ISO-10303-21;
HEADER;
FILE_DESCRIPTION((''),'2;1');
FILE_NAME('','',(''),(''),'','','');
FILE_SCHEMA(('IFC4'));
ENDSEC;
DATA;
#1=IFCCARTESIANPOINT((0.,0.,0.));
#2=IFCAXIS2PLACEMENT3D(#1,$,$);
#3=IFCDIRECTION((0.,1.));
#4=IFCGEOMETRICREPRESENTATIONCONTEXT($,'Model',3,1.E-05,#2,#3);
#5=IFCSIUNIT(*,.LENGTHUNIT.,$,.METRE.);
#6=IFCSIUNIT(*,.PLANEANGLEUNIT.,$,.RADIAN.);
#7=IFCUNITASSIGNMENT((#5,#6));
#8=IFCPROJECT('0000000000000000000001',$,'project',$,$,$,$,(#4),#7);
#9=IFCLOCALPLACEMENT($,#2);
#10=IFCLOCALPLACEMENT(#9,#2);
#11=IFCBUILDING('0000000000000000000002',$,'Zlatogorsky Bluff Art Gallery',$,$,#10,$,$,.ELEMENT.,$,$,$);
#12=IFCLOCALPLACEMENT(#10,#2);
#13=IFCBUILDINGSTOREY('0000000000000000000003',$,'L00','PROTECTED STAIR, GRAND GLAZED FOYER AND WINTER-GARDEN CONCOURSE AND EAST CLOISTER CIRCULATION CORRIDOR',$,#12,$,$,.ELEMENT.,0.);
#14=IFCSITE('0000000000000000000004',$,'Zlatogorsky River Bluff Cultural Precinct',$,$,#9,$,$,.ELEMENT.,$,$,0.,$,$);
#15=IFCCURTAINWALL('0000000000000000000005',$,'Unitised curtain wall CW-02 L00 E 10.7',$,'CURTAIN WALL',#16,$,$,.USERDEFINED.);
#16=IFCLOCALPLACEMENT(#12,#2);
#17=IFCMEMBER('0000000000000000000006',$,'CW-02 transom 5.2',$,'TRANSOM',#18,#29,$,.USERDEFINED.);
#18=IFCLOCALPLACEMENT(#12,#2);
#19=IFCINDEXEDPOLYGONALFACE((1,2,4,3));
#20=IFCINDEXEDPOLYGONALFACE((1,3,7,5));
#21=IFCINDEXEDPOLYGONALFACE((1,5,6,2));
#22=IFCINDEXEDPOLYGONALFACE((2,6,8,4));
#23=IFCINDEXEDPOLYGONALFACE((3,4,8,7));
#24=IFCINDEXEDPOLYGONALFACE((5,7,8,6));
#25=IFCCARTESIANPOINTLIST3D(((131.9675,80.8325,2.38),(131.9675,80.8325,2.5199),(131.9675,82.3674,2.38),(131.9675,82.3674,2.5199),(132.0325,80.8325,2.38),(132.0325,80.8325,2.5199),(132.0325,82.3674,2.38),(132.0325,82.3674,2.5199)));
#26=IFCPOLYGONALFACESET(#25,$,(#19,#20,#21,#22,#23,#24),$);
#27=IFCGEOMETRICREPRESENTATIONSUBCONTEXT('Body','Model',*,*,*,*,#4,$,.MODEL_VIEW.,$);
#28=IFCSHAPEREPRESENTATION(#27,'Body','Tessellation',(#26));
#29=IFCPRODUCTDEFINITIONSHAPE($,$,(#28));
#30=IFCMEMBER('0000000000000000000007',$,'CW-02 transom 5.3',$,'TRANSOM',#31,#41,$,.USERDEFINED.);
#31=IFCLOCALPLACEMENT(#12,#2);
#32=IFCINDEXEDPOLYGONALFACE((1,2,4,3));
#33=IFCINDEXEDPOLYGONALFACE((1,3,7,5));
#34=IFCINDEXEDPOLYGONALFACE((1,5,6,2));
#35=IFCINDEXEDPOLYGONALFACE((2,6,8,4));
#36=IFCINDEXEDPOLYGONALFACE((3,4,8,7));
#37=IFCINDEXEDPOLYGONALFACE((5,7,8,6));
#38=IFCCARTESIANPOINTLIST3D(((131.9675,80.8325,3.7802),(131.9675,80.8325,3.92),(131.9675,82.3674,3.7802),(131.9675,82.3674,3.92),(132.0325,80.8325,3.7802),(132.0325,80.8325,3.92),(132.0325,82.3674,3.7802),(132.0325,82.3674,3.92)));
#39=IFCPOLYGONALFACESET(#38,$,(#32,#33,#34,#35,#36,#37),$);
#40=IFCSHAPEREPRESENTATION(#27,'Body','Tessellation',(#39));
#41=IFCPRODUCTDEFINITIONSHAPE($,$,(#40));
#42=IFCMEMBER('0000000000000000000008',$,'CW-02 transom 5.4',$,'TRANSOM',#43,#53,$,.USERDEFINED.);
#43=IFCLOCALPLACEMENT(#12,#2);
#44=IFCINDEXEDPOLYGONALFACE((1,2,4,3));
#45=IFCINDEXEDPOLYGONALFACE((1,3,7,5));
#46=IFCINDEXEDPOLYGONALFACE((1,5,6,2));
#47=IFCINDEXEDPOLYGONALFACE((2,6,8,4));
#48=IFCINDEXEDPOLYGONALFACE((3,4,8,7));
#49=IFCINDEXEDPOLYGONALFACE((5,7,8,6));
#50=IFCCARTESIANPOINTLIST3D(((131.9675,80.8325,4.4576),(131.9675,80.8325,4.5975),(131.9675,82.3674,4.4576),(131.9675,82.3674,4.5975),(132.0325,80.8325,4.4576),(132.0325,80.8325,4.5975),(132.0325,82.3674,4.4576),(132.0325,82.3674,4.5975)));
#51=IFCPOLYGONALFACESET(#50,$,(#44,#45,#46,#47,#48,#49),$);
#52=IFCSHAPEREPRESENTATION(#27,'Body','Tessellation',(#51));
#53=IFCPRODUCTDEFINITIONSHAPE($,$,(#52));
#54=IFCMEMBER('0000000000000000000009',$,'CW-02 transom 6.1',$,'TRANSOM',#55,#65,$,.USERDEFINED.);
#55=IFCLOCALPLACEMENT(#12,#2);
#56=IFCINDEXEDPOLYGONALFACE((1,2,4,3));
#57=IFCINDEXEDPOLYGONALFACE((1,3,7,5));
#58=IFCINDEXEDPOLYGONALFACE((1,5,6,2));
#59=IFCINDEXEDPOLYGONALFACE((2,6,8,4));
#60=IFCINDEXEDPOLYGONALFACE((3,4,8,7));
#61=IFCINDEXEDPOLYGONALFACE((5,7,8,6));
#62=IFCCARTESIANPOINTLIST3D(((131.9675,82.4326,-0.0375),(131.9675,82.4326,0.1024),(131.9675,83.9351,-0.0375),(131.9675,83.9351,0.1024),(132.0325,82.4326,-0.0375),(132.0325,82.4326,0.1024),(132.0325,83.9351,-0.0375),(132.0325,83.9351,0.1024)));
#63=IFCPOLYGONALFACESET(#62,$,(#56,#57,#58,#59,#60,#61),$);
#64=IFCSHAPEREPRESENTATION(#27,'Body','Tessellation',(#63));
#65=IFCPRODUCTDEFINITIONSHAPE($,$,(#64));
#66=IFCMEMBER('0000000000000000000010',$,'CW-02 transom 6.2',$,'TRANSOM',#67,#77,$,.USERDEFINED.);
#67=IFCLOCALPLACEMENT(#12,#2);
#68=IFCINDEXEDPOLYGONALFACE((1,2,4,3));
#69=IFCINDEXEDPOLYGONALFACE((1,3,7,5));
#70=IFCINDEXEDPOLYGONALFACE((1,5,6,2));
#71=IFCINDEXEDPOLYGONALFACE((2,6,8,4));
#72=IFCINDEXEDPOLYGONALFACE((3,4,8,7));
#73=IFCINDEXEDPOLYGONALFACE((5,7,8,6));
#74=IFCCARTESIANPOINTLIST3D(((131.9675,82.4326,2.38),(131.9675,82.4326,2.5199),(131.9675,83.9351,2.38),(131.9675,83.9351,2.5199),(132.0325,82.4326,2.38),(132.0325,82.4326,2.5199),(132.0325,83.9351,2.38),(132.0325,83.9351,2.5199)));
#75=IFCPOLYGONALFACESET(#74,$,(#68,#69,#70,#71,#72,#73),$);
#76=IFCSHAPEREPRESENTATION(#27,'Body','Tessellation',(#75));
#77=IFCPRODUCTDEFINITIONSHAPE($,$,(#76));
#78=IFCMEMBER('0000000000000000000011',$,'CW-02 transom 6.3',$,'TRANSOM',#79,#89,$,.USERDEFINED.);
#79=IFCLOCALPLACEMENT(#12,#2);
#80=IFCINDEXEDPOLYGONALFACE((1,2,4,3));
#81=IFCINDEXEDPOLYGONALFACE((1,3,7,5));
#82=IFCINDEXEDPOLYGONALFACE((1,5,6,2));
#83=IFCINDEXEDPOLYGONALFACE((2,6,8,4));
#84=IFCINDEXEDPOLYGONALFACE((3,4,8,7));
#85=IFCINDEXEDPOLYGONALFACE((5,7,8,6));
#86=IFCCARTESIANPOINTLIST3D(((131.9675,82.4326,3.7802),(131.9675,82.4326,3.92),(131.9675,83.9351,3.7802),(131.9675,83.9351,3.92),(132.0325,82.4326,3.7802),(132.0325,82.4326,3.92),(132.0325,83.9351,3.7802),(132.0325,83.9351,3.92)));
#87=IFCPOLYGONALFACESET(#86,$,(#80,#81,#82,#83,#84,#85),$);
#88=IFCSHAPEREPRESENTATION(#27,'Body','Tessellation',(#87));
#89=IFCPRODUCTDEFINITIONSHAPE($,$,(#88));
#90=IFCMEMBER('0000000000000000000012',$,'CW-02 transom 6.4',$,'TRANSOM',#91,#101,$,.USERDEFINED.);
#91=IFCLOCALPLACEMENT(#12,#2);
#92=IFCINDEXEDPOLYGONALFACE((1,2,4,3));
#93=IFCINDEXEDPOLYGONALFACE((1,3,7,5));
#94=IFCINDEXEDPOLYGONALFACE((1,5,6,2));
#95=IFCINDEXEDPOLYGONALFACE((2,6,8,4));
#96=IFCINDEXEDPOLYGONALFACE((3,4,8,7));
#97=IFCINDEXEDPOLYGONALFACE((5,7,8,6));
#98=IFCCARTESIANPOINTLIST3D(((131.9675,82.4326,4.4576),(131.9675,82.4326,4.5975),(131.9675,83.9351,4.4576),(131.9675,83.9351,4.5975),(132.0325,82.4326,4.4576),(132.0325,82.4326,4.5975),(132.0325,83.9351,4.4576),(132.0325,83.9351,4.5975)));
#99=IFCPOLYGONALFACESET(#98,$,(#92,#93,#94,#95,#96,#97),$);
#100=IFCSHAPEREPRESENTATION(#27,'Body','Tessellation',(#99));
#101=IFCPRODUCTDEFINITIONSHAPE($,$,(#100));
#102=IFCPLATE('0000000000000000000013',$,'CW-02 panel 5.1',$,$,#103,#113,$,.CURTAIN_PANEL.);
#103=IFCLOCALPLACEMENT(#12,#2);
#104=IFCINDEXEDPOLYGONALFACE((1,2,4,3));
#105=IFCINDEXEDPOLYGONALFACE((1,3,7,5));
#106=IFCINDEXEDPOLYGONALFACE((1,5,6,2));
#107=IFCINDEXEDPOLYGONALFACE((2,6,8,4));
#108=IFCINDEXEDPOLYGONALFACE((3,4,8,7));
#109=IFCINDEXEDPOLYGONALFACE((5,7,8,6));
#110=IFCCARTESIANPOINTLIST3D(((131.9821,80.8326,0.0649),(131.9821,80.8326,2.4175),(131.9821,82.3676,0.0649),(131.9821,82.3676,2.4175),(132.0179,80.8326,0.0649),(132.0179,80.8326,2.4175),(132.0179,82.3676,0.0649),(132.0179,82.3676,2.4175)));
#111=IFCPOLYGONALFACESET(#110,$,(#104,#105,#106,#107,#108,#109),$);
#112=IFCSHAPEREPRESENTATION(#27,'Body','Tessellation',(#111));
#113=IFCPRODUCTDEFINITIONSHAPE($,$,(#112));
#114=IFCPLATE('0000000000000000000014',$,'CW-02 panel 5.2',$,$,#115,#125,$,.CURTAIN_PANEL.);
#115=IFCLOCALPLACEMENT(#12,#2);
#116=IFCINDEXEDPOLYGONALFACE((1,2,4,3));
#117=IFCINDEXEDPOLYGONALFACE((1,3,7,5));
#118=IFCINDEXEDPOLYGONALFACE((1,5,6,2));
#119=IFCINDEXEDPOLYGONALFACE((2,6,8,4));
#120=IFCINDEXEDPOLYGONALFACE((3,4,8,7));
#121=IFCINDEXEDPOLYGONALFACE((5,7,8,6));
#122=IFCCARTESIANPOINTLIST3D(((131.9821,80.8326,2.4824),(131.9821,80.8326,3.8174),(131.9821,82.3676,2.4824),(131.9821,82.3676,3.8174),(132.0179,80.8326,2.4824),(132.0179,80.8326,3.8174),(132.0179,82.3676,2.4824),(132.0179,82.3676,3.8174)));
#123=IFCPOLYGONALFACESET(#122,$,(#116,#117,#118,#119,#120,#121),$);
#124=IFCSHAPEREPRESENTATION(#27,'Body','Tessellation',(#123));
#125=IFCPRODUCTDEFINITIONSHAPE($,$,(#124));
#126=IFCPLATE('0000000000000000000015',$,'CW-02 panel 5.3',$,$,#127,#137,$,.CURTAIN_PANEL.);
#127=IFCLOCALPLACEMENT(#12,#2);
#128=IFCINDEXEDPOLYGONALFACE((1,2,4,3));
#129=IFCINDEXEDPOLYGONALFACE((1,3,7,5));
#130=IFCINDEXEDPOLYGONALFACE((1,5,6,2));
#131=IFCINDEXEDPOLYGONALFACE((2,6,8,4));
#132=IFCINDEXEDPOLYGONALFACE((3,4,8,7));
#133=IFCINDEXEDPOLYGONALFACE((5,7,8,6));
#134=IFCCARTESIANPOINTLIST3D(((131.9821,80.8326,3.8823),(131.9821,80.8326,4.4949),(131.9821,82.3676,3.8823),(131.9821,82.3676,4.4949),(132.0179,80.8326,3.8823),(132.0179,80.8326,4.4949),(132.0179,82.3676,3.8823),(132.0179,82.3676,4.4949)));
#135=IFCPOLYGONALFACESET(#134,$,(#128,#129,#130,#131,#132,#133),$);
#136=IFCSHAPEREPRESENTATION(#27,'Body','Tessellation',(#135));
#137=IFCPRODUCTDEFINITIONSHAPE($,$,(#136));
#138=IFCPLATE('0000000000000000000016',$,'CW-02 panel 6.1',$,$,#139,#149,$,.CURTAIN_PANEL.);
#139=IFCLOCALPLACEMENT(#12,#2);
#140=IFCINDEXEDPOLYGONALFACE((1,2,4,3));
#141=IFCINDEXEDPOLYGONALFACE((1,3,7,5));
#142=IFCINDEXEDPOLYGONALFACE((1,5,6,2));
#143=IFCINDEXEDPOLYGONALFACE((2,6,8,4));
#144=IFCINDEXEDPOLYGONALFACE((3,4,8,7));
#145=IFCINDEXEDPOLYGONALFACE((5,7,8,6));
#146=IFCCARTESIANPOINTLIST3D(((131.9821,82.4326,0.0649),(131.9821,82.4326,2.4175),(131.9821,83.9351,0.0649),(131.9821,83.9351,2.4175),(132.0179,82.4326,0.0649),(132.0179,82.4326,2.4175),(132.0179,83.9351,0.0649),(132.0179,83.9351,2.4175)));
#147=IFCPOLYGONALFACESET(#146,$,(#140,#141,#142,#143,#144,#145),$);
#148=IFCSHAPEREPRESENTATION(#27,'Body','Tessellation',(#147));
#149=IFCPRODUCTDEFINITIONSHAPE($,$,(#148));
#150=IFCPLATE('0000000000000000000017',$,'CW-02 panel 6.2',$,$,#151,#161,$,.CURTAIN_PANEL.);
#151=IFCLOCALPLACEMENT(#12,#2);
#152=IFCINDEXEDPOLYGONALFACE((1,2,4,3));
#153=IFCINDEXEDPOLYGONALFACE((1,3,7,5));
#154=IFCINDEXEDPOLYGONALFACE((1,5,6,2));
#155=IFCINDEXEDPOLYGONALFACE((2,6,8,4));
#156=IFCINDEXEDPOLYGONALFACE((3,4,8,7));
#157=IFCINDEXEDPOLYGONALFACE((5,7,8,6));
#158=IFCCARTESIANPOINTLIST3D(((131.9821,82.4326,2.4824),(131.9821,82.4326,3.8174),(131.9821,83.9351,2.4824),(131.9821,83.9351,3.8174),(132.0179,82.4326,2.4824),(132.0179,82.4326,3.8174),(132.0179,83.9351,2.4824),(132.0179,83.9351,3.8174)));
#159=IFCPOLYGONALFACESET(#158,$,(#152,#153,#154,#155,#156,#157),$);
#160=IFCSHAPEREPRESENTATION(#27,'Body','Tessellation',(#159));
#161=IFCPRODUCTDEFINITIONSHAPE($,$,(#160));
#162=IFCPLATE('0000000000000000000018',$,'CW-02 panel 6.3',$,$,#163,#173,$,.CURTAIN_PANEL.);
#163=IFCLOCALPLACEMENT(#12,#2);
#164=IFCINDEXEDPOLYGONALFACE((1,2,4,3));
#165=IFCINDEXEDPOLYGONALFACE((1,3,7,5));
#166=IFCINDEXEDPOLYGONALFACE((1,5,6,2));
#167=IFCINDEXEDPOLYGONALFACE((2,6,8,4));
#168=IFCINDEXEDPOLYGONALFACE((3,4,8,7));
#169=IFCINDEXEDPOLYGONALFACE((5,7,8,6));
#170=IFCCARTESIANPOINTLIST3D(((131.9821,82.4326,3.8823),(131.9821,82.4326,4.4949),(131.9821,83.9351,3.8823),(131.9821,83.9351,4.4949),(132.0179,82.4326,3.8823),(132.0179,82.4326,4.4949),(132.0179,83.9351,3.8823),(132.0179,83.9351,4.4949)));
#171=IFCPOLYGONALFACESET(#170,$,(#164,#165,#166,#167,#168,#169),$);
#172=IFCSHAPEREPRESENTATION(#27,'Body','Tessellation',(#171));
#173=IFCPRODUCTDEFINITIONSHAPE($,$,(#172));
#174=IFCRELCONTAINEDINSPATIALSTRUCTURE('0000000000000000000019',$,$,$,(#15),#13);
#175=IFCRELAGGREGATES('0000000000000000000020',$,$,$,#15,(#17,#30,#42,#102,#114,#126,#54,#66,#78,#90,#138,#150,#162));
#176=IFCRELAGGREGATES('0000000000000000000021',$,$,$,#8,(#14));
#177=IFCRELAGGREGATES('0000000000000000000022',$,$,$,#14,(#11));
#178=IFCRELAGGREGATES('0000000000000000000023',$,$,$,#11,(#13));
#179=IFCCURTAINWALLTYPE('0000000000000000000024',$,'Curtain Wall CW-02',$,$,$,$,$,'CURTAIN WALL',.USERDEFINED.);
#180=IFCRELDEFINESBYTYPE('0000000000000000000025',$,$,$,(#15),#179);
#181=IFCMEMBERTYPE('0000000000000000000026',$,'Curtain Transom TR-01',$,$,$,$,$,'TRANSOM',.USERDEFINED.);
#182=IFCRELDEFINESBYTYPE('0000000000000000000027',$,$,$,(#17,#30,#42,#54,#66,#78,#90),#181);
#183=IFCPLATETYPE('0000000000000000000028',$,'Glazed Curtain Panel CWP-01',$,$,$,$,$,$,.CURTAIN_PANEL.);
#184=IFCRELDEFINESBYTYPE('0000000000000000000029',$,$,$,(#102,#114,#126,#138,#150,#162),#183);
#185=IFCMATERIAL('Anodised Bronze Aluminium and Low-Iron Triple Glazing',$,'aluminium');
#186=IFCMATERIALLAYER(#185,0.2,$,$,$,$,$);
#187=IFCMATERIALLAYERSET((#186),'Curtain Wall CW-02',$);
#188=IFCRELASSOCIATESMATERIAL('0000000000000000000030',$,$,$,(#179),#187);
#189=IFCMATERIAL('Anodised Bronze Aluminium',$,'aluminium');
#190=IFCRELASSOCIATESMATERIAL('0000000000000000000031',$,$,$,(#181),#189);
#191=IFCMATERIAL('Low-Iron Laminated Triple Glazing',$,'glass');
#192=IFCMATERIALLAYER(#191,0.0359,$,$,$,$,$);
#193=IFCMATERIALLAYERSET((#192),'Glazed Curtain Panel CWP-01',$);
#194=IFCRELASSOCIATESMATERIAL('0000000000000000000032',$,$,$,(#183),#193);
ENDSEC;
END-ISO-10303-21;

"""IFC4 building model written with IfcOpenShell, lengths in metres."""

from ifc_helpers import new_model, si_unit, direction, frame, origin, origin_2d, place, context, subcontext, project, spatial, rectangle, extrude, material, layer, layer_set, material_profile, profile_set, type_object, element, aggregate, save


model = new_model("IFC4")

# Units and contexts
model_context = context("Model", 3, precision=1e-05, world=origin(), true_north=direction((0.0, 1.0)))
body_context = subcontext(model_context, "Body", "Model", "MODEL_VIEW")
ifc_project = project(units=[si_unit("LENGTHUNIT", "METRE"), si_unit("PLANEANGLEUNIT", "RADIAN")], contexts=[model_context])

# Site, building, storey
site_placement = place(None, origin())
site = spatial("IfcSite", under=ifc_project, at=site_placement, Name="Zlatogorsky River Bluff Cultural Precinct", CompositionType="ELEMENT", RefElevation=0.0)
building_placement = place(site_placement, origin())
building = spatial("IfcBuilding", under=site, at=building_placement, Name="Zlatogorsky Bluff Art Gallery", CompositionType="ELEMENT")
storey_placement = place(building_placement, origin())
storey = spatial("IfcBuildingStorey", under=building, at=storey_placement, Name="L00", Description="PROTECTED STAIR, GRAND GLAZED FOYER AND WINTER-GARDEN CONCOURSE AND EAST CLOISTER CIRCULATION CORRIDOR", CompositionType="ELEMENT", Elevation=0.0)

# Curtain wall, members, plates
ifc_material_1 = material(Name="Anodised Bronze Aluminium and Low-Iron Triple Glazing", Category="aluminium")
ifc_layer_1 = layer(ifc_material_1, 0.2)
ifc_layer_set_1 = layer_set([ifc_layer_1], Name="Curtain Wall CW-02")
curtain_wall_type = type_object("IfcCurtainWallType", Name="Curtain Wall CW-02", ElementType="CURTAIN WALL", PredefinedType="USERDEFINED", material=ifc_layer_set_1)
curtain_wall_placement = place(storey_placement, origin())
curtain_wall = element("IfcCurtainWall", 1, at=curtain_wall_placement, inside=storey, type_object=curtain_wall_type, Name="Unitised curtain wall CW-02 L00 E 10.7", ObjectType="CURTAIN WALL", PredefinedType="USERDEFINED")
ifc_material_2 = material(Name="Anodised Bronze Aluminium", Category="aluminium")
ifc_material_profile_1 = material_profile(ifc_material_2, rectangle(XDim=0.0649, YDim=0.1399, at=origin_2d()), Name="ALU TRANSOM 65x140")
ifc_profile_set_1 = profile_set([ifc_material_profile_1], Name="Anodised Bronze Aluminium")
member_type_1 = type_object("IfcMemberType", Name="Curtain Transom TR-01", ElementType="TRANSOM", PredefinedType="USERDEFINED", material=ifc_profile_set_1)
member_1_placement = place(storey_placement, frame((132.0, 80.8325, 2.45), z_axis=(0.0, 1.0, 0.0), x_axis=(-1.0, 0.0, 0.0)))
member_1 = element("IfcMember", 2, at=member_1_placement, type_object=member_type_1, Name="CW-02 transom 5.2", ObjectType="TRANSOM", PredefinedType="USERDEFINED", context=body_context, shape_type="SweptSolid", body=[
    extrude(rectangle(XDim=0.0649, YDim=0.1399, at=origin_2d()), origin(), (0.0, 0.0, 1.0), 1.5349),
])
member_2_placement = place(storey_placement, frame((132.0, 80.8325, 3.8501), z_axis=(0.0, 1.0, 0.0), x_axis=(-1.0, 0.0, 0.0)))
member_2 = element("IfcMember", 3, at=member_2_placement, type_object=member_type_1, Name="CW-02 transom 5.3", ObjectType="TRANSOM", PredefinedType="USERDEFINED", context=body_context, shape_type="SweptSolid", body=[
    extrude(rectangle(XDim=0.0649, YDim=0.1399, at=origin_2d()), origin(), (0.0, 0.0, 1.0), 1.5349),
])
member_3_placement = place(storey_placement, frame((132.0, 80.8325, 4.5276), z_axis=(0.0, 1.0, 0.0), x_axis=(-1.0, 0.0, 0.0)))
member_3 = element("IfcMember", 4, at=member_3_placement, type_object=member_type_1, Name="CW-02 transom 5.4", ObjectType="TRANSOM", PredefinedType="USERDEFINED", context=body_context, shape_type="SweptSolid", body=[
    extrude(rectangle(XDim=0.0649, YDim=0.1399, at=origin_2d()), origin(), (0.0, 0.0, 1.0), 1.5349),
])
member_4_placement = place(storey_placement, frame((132.0, 82.4326, 0.0325), z_axis=(0.0, 1.0, 0.0), x_axis=(-1.0, 0.0, 0.0)))
member_4 = element("IfcMember", 5, at=member_4_placement, type_object=member_type_1, Name="CW-02 transom 6.1", ObjectType="TRANSOM", PredefinedType="USERDEFINED", context=body_context, shape_type="SweptSolid", body=[
    extrude(rectangle(XDim=0.0649, YDim=0.1399, at=origin_2d()), origin(), (0.0, 0.0, 1.0), 1.5024),
])
member_5_placement = place(storey_placement, frame((132.0, 82.4326, 2.45), z_axis=(0.0, 1.0, 0.0), x_axis=(-1.0, 0.0, 0.0)))
member_5 = element("IfcMember", 6, at=member_5_placement, type_object=member_type_1, Name="CW-02 transom 6.2", ObjectType="TRANSOM", PredefinedType="USERDEFINED", context=body_context, shape_type="SweptSolid", body=[
    extrude(rectangle(XDim=0.0649, YDim=0.1399, at=origin_2d()), origin(), (0.0, 0.0, 1.0), 1.5024),
])
member_6_placement = place(storey_placement, frame((132.0, 82.4326, 3.8501), z_axis=(0.0, 1.0, 0.0), x_axis=(-1.0, 0.0, 0.0)))
member_6 = element("IfcMember", 7, at=member_6_placement, type_object=member_type_1, Name="CW-02 transom 6.3", ObjectType="TRANSOM", PredefinedType="USERDEFINED", context=body_context, shape_type="SweptSolid", body=[
    extrude(rectangle(XDim=0.0649, YDim=0.1399, at=origin_2d()), origin(), (0.0, 0.0, 1.0), 1.5024),
])
member_7_placement = place(storey_placement, frame((132.0, 82.4326, 4.5276), z_axis=(0.0, 1.0, 0.0), x_axis=(-1.0, 0.0, 0.0)))
member_7 = element("IfcMember", 8, at=member_7_placement, type_object=member_type_1, Name="CW-02 transom 6.4", ObjectType="TRANSOM", PredefinedType="USERDEFINED", context=body_context, shape_type="SweptSolid", body=[
    extrude(rectangle(XDim=0.0649, YDim=0.1399, at=origin_2d()), origin(), (0.0, 0.0, 1.0), 1.5024),
])
ifc_material_3 = material(Name="Low-Iron Laminated Triple Glazing", Category="glass")
ifc_layer_2 = layer(ifc_material_3, 0.0359)
ifc_layer_set_2 = layer_set([ifc_layer_2], Name="Glazed Curtain Panel CWP-01")
plate_type = type_object("IfcPlateType", Name="Glazed Curtain Panel CWP-01", PredefinedType="CURTAIN_PANEL", material=ifc_layer_set_2)
plate_1_placement = place(storey_placement, frame((132.0, 81.6001, 0.0649), z_axis=(0.0, 0.0, 1.0), x_axis=(0.0, 1.0, 0.0)))
plate_1 = element("IfcPlate", 9, at=plate_1_placement, type_object=plate_type, Name="CW-02 panel 5.1", PredefinedType="CURTAIN_PANEL", context=body_context, shape_type="SweptSolid", body=[
    extrude(rectangle(XDim=1.5349, YDim=0.0359, at=origin_2d()), origin(), (0.0, 0.0, 1.0), 2.3525),
])
plate_2_placement = place(storey_placement, frame((132.0, 81.6001, 2.4824), z_axis=(0.0, 0.0, 1.0), x_axis=(0.0, 1.0, 0.0)))
plate_2 = element("IfcPlate", 10, at=plate_2_placement, type_object=plate_type, Name="CW-02 panel 5.2", PredefinedType="CURTAIN_PANEL", context=body_context, shape_type="SweptSolid", body=[
    extrude(rectangle(XDim=1.5349, YDim=0.0359, at=origin_2d()), origin(), (0.0, 0.0, 1.0), 1.335),
])
plate_3_placement = place(storey_placement, frame((132.0, 81.6001, 3.8823), z_axis=(0.0, 0.0, 1.0), x_axis=(0.0, 1.0, 0.0)))
plate_3 = element("IfcPlate", 11, at=plate_3_placement, type_object=plate_type, Name="CW-02 panel 5.3", PredefinedType="CURTAIN_PANEL", context=body_context, shape_type="SweptSolid", body=[
    extrude(rectangle(XDim=1.5349, YDim=0.0359, at=origin_2d()), origin(), (0.0, 0.0, 1.0), 0.6125),
])
plate_4_placement = place(storey_placement, frame((132.0, 83.1838, 0.0649), z_axis=(0.0, 0.0, 1.0), x_axis=(0.0, 1.0, 0.0)))
plate_4 = element("IfcPlate", 12, at=plate_4_placement, type_object=plate_type, Name="CW-02 panel 6.1", PredefinedType="CURTAIN_PANEL", context=body_context, shape_type="SweptSolid", body=[
    extrude(rectangle(XDim=1.5024, YDim=0.0359, at=origin_2d()), origin(), (0.0, 0.0, 1.0), 2.3525),
])
plate_5_placement = place(storey_placement, frame((132.0, 83.1838, 2.4824), z_axis=(0.0, 0.0, 1.0), x_axis=(0.0, 1.0, 0.0)))
plate_5 = element("IfcPlate", 13, at=plate_5_placement, type_object=plate_type, Name="CW-02 panel 6.2", PredefinedType="CURTAIN_PANEL", context=body_context, shape_type="SweptSolid", body=[
    extrude(rectangle(XDim=1.5024, YDim=0.0359, at=origin_2d()), origin(), (0.0, 0.0, 1.0), 1.335),
])
plate_6_placement = place(storey_placement, frame((132.0, 83.1838, 3.8823), z_axis=(0.0, 0.0, 1.0), x_axis=(0.0, 1.0, 0.0)))
plate_6 = element("IfcPlate", 14, at=plate_6_placement, type_object=plate_type, Name="CW-02 panel 6.3", PredefinedType="CURTAIN_PANEL", context=body_context, shape_type="SweptSolid", body=[
    extrude(rectangle(XDim=1.5024, YDim=0.0359, at=origin_2d()), origin(), (0.0, 0.0, 1.0), 0.6125),
])
aggregate(curtain_wall, [member_1, member_2, member_3, plate_1, plate_2, plate_3, member_4, member_5, member_6, member_7, plate_4, plate_5, plate_6])

save(model, "model.ifc")
